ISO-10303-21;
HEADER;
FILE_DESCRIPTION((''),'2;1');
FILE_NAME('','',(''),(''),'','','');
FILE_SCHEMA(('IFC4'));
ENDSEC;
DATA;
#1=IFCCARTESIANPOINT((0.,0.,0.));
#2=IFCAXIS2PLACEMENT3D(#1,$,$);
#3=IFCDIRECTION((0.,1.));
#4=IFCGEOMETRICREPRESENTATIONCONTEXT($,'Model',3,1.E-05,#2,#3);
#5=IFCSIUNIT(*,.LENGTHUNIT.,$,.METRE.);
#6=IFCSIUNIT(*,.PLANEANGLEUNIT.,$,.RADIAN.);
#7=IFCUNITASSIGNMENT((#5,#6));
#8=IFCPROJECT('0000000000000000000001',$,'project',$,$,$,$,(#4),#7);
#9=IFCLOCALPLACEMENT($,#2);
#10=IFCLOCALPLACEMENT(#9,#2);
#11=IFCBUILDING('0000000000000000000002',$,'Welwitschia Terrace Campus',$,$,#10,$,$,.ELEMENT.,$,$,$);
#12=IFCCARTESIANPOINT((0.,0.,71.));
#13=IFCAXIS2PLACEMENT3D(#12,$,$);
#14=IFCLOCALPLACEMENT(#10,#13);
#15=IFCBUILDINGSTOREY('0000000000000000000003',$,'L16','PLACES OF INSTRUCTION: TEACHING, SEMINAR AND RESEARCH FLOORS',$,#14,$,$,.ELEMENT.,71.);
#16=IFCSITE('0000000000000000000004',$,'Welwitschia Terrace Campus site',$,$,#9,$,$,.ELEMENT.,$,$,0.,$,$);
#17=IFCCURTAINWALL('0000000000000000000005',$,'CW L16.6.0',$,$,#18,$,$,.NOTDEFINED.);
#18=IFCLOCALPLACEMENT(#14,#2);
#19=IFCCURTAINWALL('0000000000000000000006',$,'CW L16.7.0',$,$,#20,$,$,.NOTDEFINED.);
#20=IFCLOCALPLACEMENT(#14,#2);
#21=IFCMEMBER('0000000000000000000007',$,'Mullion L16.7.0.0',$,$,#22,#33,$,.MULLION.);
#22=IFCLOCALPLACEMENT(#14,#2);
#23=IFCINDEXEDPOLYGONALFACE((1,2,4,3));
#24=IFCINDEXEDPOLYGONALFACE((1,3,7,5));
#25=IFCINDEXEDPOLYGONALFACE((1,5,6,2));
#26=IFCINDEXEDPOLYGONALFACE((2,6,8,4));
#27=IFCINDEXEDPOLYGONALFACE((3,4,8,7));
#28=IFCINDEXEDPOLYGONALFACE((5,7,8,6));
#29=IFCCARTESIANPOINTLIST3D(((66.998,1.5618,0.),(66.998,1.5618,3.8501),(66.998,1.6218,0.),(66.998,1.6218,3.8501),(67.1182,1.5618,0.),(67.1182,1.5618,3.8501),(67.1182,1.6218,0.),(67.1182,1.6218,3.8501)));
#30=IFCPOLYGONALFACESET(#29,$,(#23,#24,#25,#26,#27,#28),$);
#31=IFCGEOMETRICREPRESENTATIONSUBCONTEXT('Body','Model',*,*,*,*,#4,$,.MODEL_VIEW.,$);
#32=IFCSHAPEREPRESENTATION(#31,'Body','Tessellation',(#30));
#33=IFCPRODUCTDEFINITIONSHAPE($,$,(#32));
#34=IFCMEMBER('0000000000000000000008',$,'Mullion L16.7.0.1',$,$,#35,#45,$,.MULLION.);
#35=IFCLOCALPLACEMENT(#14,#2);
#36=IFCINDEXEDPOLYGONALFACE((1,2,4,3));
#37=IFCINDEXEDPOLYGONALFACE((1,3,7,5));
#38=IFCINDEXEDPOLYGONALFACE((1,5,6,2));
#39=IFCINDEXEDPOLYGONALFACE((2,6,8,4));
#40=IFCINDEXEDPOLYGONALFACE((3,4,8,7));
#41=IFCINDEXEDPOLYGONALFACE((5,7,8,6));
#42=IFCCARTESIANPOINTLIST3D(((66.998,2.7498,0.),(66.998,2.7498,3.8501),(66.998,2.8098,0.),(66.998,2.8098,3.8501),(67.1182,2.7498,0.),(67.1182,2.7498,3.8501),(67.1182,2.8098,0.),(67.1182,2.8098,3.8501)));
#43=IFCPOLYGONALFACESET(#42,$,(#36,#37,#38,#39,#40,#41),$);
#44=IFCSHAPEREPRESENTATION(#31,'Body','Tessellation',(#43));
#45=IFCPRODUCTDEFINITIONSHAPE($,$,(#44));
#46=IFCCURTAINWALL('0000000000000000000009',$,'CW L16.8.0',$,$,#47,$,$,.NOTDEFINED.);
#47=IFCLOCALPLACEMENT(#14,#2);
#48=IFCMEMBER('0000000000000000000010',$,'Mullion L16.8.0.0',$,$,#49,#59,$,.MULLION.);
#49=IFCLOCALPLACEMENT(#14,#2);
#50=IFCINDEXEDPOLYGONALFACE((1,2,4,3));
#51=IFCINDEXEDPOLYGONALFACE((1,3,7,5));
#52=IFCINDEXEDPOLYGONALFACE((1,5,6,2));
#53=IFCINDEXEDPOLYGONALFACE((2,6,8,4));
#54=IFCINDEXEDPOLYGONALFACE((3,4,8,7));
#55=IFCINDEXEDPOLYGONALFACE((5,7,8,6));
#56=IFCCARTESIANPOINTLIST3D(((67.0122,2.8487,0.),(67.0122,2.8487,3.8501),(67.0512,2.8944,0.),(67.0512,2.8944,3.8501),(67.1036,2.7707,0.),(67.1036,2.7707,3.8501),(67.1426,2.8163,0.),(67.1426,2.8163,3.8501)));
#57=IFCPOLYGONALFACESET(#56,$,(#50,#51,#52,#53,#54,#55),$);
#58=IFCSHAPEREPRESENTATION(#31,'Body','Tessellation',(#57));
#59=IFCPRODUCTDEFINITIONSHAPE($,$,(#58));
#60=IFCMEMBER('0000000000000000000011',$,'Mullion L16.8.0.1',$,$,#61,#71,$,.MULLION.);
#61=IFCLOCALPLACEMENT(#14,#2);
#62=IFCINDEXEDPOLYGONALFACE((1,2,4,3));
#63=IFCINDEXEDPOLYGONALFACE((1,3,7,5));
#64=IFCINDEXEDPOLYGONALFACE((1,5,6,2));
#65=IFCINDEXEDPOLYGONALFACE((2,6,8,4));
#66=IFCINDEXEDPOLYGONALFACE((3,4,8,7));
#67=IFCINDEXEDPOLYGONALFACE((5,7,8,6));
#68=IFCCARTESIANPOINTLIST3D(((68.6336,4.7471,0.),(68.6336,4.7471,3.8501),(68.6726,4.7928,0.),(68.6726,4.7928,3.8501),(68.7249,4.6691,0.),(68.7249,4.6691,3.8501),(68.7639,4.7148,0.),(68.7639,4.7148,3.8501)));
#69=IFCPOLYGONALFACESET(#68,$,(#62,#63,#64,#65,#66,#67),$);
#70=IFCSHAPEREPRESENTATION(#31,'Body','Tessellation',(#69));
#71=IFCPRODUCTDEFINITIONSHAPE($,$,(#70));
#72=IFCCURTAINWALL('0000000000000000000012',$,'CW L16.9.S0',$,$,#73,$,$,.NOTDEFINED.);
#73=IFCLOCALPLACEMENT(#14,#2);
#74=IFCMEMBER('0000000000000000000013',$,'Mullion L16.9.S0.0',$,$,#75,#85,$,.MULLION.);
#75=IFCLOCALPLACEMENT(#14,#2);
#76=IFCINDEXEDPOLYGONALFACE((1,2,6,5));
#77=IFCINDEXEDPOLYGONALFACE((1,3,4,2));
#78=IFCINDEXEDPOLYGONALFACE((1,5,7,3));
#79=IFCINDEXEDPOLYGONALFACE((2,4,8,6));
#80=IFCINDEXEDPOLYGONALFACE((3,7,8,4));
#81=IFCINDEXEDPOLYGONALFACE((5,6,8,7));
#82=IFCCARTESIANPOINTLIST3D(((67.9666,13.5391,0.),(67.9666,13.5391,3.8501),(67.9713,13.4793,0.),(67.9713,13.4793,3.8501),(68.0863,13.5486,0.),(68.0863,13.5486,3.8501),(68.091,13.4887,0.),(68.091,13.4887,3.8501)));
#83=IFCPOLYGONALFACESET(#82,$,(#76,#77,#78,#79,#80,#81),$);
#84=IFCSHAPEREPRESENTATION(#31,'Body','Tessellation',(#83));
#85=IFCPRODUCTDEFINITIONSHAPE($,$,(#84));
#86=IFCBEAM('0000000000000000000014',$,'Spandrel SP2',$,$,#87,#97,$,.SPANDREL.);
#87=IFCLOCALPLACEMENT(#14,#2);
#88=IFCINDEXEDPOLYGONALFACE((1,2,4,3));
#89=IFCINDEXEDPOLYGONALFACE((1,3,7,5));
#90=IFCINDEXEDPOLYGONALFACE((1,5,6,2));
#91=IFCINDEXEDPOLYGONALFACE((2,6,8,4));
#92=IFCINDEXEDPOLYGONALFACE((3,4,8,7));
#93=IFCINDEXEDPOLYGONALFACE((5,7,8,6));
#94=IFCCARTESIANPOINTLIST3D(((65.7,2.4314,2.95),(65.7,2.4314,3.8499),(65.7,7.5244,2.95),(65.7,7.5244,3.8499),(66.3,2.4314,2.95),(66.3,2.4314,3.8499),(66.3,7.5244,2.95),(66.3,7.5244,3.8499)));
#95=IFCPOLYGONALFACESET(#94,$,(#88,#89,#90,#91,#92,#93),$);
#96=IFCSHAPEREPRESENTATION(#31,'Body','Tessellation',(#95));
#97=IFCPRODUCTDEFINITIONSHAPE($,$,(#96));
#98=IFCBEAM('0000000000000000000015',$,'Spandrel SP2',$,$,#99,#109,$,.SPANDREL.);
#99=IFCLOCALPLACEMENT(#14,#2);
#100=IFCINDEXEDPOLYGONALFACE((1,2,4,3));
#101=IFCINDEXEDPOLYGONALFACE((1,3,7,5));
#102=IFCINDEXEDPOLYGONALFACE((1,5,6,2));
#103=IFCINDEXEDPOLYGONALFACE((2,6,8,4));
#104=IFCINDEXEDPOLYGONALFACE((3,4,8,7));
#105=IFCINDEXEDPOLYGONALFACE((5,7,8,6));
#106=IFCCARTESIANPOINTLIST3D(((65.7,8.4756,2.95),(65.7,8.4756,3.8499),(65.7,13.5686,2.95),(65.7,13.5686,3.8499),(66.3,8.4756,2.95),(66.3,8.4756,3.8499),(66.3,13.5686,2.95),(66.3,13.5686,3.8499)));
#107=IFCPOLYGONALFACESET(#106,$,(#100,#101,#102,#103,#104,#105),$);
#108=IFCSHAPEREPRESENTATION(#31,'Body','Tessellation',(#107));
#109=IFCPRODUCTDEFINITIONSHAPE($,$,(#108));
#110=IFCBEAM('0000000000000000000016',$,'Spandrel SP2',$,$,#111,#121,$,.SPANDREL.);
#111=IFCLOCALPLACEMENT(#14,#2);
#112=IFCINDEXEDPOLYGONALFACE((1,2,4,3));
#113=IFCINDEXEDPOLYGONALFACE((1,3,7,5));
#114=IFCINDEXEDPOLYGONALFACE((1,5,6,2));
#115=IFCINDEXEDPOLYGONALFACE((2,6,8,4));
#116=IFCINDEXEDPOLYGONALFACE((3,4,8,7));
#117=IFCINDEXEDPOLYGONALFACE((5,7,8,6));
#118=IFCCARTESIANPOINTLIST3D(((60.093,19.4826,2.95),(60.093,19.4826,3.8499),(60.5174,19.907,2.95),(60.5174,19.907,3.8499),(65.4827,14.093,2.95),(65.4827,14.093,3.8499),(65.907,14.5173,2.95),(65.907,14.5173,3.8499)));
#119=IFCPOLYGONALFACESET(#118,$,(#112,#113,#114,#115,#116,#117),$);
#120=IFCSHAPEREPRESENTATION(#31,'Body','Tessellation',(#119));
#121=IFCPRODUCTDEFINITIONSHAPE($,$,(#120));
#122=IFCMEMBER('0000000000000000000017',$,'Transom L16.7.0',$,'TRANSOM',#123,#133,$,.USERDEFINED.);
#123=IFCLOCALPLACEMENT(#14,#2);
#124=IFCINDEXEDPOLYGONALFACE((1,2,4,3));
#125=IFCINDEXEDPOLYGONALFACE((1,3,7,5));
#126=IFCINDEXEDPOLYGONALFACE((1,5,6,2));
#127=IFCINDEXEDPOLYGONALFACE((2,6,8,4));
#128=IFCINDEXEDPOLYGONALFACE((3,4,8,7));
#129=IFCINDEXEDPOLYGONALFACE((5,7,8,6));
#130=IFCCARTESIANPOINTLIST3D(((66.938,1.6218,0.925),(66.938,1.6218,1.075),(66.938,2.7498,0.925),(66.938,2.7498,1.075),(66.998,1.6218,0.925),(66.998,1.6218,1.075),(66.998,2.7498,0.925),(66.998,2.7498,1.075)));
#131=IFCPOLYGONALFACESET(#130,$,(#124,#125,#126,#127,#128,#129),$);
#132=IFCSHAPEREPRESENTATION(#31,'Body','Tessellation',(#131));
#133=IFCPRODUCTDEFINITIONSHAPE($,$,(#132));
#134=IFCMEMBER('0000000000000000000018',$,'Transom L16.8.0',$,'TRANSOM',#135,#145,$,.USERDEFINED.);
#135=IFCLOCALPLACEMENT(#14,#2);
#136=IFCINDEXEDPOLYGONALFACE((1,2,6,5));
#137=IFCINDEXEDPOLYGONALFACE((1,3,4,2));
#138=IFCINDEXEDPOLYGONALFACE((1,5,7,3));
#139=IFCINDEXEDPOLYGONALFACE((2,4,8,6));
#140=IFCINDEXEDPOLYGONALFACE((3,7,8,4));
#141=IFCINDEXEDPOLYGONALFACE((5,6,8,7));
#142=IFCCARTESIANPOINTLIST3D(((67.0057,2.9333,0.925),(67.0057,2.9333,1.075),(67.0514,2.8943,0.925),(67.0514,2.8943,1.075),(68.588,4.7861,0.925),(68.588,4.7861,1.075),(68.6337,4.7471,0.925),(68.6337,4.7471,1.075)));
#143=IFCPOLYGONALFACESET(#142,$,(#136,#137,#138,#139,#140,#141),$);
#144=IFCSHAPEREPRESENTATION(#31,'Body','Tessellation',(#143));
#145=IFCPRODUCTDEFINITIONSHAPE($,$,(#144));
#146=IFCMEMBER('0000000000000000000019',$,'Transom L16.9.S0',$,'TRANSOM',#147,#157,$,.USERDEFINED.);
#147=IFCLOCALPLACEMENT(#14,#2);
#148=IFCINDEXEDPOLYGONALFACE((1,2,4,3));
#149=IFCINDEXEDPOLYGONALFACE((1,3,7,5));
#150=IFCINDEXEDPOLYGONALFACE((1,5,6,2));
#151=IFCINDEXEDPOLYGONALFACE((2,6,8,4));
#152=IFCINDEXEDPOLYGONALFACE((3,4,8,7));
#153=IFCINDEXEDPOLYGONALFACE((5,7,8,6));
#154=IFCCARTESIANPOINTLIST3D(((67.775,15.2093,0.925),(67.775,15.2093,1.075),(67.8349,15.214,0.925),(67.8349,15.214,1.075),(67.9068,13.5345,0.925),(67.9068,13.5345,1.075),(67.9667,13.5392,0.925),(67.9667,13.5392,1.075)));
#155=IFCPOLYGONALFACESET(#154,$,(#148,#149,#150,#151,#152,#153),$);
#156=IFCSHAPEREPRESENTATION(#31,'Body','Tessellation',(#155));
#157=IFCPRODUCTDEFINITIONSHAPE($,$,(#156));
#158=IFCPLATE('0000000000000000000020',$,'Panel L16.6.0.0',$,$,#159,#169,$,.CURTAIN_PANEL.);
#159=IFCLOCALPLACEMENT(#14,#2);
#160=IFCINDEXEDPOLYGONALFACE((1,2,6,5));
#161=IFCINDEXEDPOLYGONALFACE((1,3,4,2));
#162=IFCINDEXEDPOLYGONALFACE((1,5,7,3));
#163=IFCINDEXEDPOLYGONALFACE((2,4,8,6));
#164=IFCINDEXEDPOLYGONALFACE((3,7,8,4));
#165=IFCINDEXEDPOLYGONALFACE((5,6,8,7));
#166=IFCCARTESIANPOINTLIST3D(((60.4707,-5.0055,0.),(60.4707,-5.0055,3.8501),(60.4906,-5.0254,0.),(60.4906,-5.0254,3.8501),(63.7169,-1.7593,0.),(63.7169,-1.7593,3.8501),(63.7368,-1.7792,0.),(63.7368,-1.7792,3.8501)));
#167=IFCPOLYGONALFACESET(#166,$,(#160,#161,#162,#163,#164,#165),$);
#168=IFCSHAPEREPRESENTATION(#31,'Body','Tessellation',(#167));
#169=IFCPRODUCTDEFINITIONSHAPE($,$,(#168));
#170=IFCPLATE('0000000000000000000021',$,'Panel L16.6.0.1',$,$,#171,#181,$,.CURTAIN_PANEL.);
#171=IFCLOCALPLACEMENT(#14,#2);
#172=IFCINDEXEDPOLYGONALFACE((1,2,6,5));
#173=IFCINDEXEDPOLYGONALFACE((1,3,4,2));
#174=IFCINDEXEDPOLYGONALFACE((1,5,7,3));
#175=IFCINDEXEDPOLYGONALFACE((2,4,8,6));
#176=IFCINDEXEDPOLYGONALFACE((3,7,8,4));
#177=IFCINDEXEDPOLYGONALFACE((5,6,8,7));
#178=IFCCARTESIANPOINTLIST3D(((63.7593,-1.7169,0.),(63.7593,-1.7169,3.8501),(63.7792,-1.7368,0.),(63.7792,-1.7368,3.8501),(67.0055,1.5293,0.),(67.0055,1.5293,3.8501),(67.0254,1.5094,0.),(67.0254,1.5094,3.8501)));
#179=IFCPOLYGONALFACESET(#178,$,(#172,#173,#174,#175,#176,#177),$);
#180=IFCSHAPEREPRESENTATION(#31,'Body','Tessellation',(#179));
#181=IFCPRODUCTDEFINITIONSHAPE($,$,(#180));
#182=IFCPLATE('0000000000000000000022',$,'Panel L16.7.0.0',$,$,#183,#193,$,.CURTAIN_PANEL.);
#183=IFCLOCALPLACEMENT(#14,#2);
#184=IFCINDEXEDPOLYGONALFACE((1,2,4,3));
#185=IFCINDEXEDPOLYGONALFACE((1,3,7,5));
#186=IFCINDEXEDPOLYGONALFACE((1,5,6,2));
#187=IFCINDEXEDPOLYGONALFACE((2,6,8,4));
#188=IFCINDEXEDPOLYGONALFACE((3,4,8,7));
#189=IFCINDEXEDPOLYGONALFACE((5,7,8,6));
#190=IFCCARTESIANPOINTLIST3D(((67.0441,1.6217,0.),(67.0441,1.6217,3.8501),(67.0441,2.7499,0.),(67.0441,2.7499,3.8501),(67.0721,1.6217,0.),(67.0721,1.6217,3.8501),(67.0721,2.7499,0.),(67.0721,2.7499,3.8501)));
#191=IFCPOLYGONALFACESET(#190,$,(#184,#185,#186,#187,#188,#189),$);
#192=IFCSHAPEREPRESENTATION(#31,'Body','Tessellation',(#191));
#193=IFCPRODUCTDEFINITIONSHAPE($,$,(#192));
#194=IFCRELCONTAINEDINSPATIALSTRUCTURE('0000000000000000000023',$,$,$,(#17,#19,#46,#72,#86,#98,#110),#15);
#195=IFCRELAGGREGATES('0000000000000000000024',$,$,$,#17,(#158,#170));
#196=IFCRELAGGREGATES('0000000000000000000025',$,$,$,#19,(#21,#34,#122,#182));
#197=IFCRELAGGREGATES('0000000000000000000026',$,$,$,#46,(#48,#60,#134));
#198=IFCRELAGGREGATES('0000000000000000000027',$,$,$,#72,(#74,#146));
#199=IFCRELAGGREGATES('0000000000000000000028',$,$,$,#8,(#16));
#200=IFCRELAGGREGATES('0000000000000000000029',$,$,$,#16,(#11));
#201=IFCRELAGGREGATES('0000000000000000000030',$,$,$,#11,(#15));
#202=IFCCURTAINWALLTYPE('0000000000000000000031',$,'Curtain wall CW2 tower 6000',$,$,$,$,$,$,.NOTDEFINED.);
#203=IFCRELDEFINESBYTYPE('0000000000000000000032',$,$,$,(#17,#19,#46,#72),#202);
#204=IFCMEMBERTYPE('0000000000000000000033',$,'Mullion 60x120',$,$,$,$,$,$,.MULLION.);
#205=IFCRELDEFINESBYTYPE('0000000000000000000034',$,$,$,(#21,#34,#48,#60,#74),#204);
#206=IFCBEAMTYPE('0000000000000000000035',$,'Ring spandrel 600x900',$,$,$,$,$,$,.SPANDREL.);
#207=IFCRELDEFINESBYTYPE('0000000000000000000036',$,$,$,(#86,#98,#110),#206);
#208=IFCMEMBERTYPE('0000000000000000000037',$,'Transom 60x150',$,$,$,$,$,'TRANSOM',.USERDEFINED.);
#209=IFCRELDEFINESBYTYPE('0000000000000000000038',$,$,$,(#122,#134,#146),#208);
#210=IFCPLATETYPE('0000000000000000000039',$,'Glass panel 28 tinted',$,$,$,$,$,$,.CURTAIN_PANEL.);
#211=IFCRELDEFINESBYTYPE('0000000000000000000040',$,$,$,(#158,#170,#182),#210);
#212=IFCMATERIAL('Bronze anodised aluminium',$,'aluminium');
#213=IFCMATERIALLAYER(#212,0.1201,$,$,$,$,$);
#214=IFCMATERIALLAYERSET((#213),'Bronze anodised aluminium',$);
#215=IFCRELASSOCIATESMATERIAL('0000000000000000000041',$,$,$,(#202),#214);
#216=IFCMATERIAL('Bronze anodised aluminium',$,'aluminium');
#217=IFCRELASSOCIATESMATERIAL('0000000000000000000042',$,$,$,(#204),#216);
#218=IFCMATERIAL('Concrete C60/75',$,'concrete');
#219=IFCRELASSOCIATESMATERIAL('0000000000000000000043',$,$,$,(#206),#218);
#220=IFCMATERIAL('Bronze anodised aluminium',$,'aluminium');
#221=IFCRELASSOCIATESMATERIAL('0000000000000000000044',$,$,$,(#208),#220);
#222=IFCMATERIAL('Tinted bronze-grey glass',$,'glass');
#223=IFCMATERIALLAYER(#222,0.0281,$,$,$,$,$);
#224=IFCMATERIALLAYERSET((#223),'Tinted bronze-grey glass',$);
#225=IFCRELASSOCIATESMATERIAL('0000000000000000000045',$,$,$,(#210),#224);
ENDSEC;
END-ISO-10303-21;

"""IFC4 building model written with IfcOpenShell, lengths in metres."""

from ifc_helpers import new_model, si_unit, direction, frame, origin, origin_2d, place, context, subcontext, project, spatial, rectangle, extrude, material, layer, layer_set, material_profile, profile_set, type_object, element, aggregate, save


model = new_model("IFC4")

# Units and contexts
model_context = context("Model", 3, precision=1e-05, world=origin(), true_north=direction((0.0, 1.0)))
body_context = subcontext(model_context, "Body", "Model", "MODEL_VIEW")
ifc_project = project(units=[si_unit("LENGTHUNIT", "METRE"), si_unit("PLANEANGLEUNIT", "RADIAN")], contexts=[model_context])

# Site, building, storey
site_placement = place(None, origin())
site = spatial("IfcSite", under=ifc_project, at=site_placement, Name="Welwitschia Terrace Campus site", CompositionType="ELEMENT", RefElevation=0.0)
building_placement = place(site_placement, origin())
building = spatial("IfcBuilding", under=site, at=building_placement, Name="Welwitschia Terrace Campus", CompositionType="ELEMENT")
storey_placement = place(building_placement, frame((0.0, 0.0, 71.0)))
storey = spatial("IfcBuildingStorey", under=building, at=storey_placement, Name="L16", Description="PLACES OF INSTRUCTION: TEACHING, SEMINAR AND RESEARCH FLOORS", CompositionType="ELEMENT", Elevation=71.0)

# Curtain walls, members
ifc_material_1 = material(Name="Bronze anodised aluminium", Category="aluminium")
ifc_layer_1 = layer(ifc_material_1, 0.1201)
ifc_layer_set_1 = layer_set([ifc_layer_1], Name="Bronze anodised aluminium")
curtain_wall_type = type_object("IfcCurtainWallType", Name="Curtain wall CW2 tower 6000", PredefinedType="NOTDEFINED", material=ifc_layer_set_1)
curtain_wall_1_placement = place(storey_placement, origin())
curtain_wall_1 = element("IfcCurtainWall", 1, at=curtain_wall_1_placement, inside=storey, type_object=curtain_wall_type, Name="CW L16.6.0", PredefinedType="NOTDEFINED")
ifc_material_2 = material(Name="Bronze anodised aluminium", Category="aluminium")
ifc_material_profile_1 = material_profile(ifc_material_2, rectangle(XDim=0.1201, YDim=0.0601, at=origin_2d()))
ifc_profile_set_1 = profile_set([ifc_material_profile_1], Name="Bronze anodised aluminium")
member_type_1 = type_object("IfcMemberType", Name="Mullion 60x120", PredefinedType="MULLION", material=ifc_profile_set_1)
curtain_wall_2_placement = place(storey_placement, origin())
curtain_wall_2 = element("IfcCurtainWall", 2, at=curtain_wall_2_placement, inside=storey, type_object=curtain_wall_type, Name="CW L16.7.0", PredefinedType="NOTDEFINED")
member_1_placement = place(storey_placement, frame((67.0581, 1.5918, 0.0), z_axis=(0.0, 0.0, 1.0), x_axis=(-1.0, 0.0, 0.0)))
member_1 = element("IfcMember", 3, at=member_1_placement, type_object=member_type_1, Name="Mullion L16.7.0.0", PredefinedType="MULLION", context=body_context, shape_type="SweptSolid", body=[
    extrude(rectangle(XDim=0.1201, YDim=0.0601, at=origin_2d()), origin(), (0.0, 0.0, 1.0), 3.8501),
])
member_2_placement = place(storey_placement, frame((67.0581, 2.7798, 0.0), z_axis=(0.0, 0.0, 1.0), x_axis=(-1.0, 0.0, 0.0)))
member_2 = element("IfcMember", 4, at=member_2_placement, type_object=member_type_1, Name="Mullion L16.7.0.1", PredefinedType="MULLION", context=body_context, shape_type="SweptSolid", body=[
    extrude(rectangle(XDim=0.1201, YDim=0.0601, at=origin_2d()), origin(), (0.0, 0.0, 1.0), 3.8501),
])
curtain_wall_3_placement = place(storey_placement, origin())
curtain_wall_3 = element("IfcCurtainWall", 5, at=curtain_wall_3_placement, inside=storey, type_object=curtain_wall_type, Name="CW L16.8.0", PredefinedType="NOTDEFINED")
member_3_placement = place(storey_placement, frame((67.0774, 2.8325, 0.0), z_axis=(0.0, 0.0, 1.0), x_axis=(-0.760406, 0.649448, 0.0)))
member_3 = element("IfcMember", 6, at=member_3_placement, type_object=member_type_1, Name="Mullion L16.8.0.0", PredefinedType="MULLION", context=body_context, shape_type="SweptSolid", body=[
    extrude(rectangle(XDim=0.1201, YDim=0.0601, at=origin_2d()), origin(), (0.0, 0.0, 1.0), 3.8501),
])
member_4_placement = place(storey_placement, frame((68.6987, 4.731, 0.0), z_axis=(0.0, 0.0, 1.0), x_axis=(-0.760406, 0.649448, 0.0)))
member_4 = element("IfcMember", 7, at=member_4_placement, type_object=member_type_1, Name="Mullion L16.8.0.1", PredefinedType="MULLION", context=body_context, shape_type="SweptSolid", body=[
    extrude(rectangle(XDim=0.1201, YDim=0.0601, at=origin_2d()), origin(), (0.0, 0.0, 1.0), 3.8501),
])

# Curtain wall, member
curtain_wall_4_placement = place(storey_placement, origin())
curtain_wall_4 = element("IfcCurtainWall", 8, at=curtain_wall_4_placement, inside=storey, type_object=curtain_wall_type, Name="CW L16.9.S0", PredefinedType="NOTDEFINED")
member_5_placement = place(storey_placement, frame((68.0288, 13.5139, 0.0), z_axis=(0.0, 0.0, 1.0), x_axis=(-0.996917, -0.078459, 0.0)))
member_5 = element("IfcMember", 9, at=member_5_placement, type_object=member_type_1, Name="Mullion L16.9.S0.0", PredefinedType="MULLION", context=body_context, shape_type="SweptSolid", body=[
    extrude(rectangle(XDim=0.1201, YDim=0.0601, at=origin_2d()), origin(), (0.0, 0.0, 1.0), 3.8501),
])

# Beams
ifc_material_3 = material(Name="Concrete C60/75", Category="concrete")
ifc_material_profile_2 = material_profile(ifc_material_3, rectangle(XDim=0.6001, YDim=0.8999, at=origin_2d()))
ifc_profile_set_2 = profile_set([ifc_material_profile_2], Name="Concrete C60/75")
beam_type_1 = type_object("IfcBeamType", Name="Ring spandrel 600x900", PredefinedType="SPANDREL", material=ifc_profile_set_2)
for number, where, z_axis, x_axis, name in (
    (10, (66.0, 2.4314, 3.3999), (0.0, 1.0, 0.0), (-1.0, 0.0, 0.0), "Spandrel SP2"),
    (11, (66.0, 8.4756, 3.3999), (0.0, 1.0, 0.0), (-1.0, 0.0, 0.0), "Spandrel SP2"),
):
    element("IfcBeam", number, at=place(storey_placement, frame(where, z_axis=z_axis, x_axis=x_axis)), inside=storey, type_object=beam_type_1, Name=name, PredefinedType="SPANDREL", context=body_context, shape_type="SweptSolid", body=[
        extrude(rectangle(XDim=0.6001, YDim=0.8999, at=origin_2d()), origin(), (0.0, 0.0, 1.0), 5.093),
    ])
beam_1_placement = place(storey_placement, frame((65.6948, 14.3052, 3.3999), z_axis=(-0.707107, 0.707107, 0.0), x_axis=(-0.707107, -0.707107, 0.0)))
element("IfcBeam", 12, at=beam_1_placement, inside=storey, type_object=beam_type_1, Name="Spandrel SP2", PredefinedType="SPANDREL", context=body_context, shape_type="SweptSolid", body=[
    extrude(rectangle(XDim=0.6001, YDim=0.8999, at=origin_2d()), origin(), (0.0, 0.0, 1.0), 7.6221),
])

# Members
ifc_material_4 = material(Name="Bronze anodised aluminium", Category="aluminium")
ifc_material_profile_3 = material_profile(ifc_material_4, rectangle(XDim=0.0601, YDim=0.1499, at=origin_2d()))
ifc_profile_set_3 = profile_set([ifc_material_profile_3], Name="Bronze anodised aluminium")
member_type_2 = type_object("IfcMemberType", Name="Transom 60x150", ElementType="TRANSOM", PredefinedType="USERDEFINED", material=ifc_profile_set_3)
member_6_placement = place(storey_placement, frame((66.968, 1.6218, 1.0), z_axis=(0.0, 1.0, 0.0), x_axis=(-1.0, 0.0, 0.0)))
member_6 = element("IfcMember", 13, at=member_6_placement, type_object=member_type_2, Name="Transom L16.7.0", ObjectType="TRANSOM", PredefinedType="USERDEFINED", context=body_context, shape_type="SweptSolid", body=[
    extrude(rectangle(XDim=0.0601, YDim=0.1499, at=origin_2d()), origin(), (0.0, 0.0, 1.0), 1.1279),
])
member_7_placement = place(storey_placement, frame((67.0286, 2.9138, 1.0), z_axis=(0.649412, 0.760437, 0.0), x_axis=(-0.760437, 0.649412, 0.0)))
member_7 = element("IfcMember", 14, at=member_7_placement, type_object=member_type_2, Name="Transom L16.8.0", ObjectType="TRANSOM", PredefinedType="USERDEFINED", context=body_context, shape_type="SweptSolid", body=[
    extrude(rectangle(XDim=0.0601, YDim=0.1499, at=origin_2d()), origin(), (0.0, 0.0, 1.0), 2.4365),
])
member_8_placement = place(storey_placement, frame((67.9368, 13.5369, 1.0), z_axis=(-0.078474, 0.996916, 0.0), x_axis=(-0.996916, -0.078474, 0.0)))
member_8 = element("IfcMember", 15, at=member_8_placement, type_object=member_type_2, Name="Transom L16.9.S0", ObjectType="TRANSOM", PredefinedType="USERDEFINED", context=body_context, shape_type="SweptSolid", body=[
    extrude(rectangle(XDim=0.0601, YDim=0.1499, at=origin_2d()), origin(), (0.0, 0.0, 1.0), 1.6799),
])

# Plates
ifc_material_5 = material(Name="Tinted bronze-grey glass", Category="glass")
ifc_layer_2 = layer(ifc_material_5, 0.0281)
ifc_layer_set_2 = layer_set([ifc_layer_2], Name="Tinted bronze-grey glass")
plate_type = type_object("IfcPlateType", Name="Glass panel 28 tinted", PredefinedType="CURTAIN_PANEL", material=ifc_layer_set_2)
plate_1_placement = place(storey_placement, frame((62.1038, -3.3923, 0.0), z_axis=(0.0, 0.0, 1.0), x_axis=(0.707107, 0.707107, 0.0)))
plate_1 = element("IfcPlate", 16, at=plate_1_placement, type_object=plate_type, Name="Panel L16.6.0.0", PredefinedType="CURTAIN_PANEL", context=body_context, shape_type="SweptSolid", body=[
    extrude(rectangle(XDim=4.5908, YDim=0.0281, at=origin_2d()), origin(), (0.0, 0.0, 1.0), 3.8501),
])
plate_2_placement = place(storey_placement, frame((65.3923, -0.1038, 0.0), z_axis=(0.0, 0.0, 1.0), x_axis=(0.707107, 0.707107, 0.0)))
plate_2 = element("IfcPlate", 17, at=plate_2_placement, type_object=plate_type, Name="Panel L16.6.0.1", PredefinedType="CURTAIN_PANEL", context=body_context, shape_type="SweptSolid", body=[
    extrude(rectangle(XDim=4.5908, YDim=0.0281, at=origin_2d()), origin(), (0.0, 0.0, 1.0), 3.8501),
])
aggregate(curtain_wall_1, [plate_1, plate_2])
plate_3_placement = place(storey_placement, frame((67.0581, 2.1858, 0.0), z_axis=(0.0, 0.0, 1.0), x_axis=(0.0, 1.0, 0.0)))
plate_3 = element("IfcPlate", 18, at=plate_3_placement, type_object=plate_type, Name="Panel L16.7.0.0", PredefinedType="CURTAIN_PANEL", context=body_context, shape_type="SweptSolid", body=[
    extrude(rectangle(XDim=1.1282, YDim=0.0281, at=origin_2d()), origin(), (0.0, 0.0, 1.0), 3.8501),
])
aggregate(curtain_wall_2, [member_1, member_2, member_6, plate_3])
aggregate(curtain_wall_3, [member_3, member_4, member_7])
aggregate(curtain_wall_4, [member_5, member_8])

save(model, "model.ifc")
